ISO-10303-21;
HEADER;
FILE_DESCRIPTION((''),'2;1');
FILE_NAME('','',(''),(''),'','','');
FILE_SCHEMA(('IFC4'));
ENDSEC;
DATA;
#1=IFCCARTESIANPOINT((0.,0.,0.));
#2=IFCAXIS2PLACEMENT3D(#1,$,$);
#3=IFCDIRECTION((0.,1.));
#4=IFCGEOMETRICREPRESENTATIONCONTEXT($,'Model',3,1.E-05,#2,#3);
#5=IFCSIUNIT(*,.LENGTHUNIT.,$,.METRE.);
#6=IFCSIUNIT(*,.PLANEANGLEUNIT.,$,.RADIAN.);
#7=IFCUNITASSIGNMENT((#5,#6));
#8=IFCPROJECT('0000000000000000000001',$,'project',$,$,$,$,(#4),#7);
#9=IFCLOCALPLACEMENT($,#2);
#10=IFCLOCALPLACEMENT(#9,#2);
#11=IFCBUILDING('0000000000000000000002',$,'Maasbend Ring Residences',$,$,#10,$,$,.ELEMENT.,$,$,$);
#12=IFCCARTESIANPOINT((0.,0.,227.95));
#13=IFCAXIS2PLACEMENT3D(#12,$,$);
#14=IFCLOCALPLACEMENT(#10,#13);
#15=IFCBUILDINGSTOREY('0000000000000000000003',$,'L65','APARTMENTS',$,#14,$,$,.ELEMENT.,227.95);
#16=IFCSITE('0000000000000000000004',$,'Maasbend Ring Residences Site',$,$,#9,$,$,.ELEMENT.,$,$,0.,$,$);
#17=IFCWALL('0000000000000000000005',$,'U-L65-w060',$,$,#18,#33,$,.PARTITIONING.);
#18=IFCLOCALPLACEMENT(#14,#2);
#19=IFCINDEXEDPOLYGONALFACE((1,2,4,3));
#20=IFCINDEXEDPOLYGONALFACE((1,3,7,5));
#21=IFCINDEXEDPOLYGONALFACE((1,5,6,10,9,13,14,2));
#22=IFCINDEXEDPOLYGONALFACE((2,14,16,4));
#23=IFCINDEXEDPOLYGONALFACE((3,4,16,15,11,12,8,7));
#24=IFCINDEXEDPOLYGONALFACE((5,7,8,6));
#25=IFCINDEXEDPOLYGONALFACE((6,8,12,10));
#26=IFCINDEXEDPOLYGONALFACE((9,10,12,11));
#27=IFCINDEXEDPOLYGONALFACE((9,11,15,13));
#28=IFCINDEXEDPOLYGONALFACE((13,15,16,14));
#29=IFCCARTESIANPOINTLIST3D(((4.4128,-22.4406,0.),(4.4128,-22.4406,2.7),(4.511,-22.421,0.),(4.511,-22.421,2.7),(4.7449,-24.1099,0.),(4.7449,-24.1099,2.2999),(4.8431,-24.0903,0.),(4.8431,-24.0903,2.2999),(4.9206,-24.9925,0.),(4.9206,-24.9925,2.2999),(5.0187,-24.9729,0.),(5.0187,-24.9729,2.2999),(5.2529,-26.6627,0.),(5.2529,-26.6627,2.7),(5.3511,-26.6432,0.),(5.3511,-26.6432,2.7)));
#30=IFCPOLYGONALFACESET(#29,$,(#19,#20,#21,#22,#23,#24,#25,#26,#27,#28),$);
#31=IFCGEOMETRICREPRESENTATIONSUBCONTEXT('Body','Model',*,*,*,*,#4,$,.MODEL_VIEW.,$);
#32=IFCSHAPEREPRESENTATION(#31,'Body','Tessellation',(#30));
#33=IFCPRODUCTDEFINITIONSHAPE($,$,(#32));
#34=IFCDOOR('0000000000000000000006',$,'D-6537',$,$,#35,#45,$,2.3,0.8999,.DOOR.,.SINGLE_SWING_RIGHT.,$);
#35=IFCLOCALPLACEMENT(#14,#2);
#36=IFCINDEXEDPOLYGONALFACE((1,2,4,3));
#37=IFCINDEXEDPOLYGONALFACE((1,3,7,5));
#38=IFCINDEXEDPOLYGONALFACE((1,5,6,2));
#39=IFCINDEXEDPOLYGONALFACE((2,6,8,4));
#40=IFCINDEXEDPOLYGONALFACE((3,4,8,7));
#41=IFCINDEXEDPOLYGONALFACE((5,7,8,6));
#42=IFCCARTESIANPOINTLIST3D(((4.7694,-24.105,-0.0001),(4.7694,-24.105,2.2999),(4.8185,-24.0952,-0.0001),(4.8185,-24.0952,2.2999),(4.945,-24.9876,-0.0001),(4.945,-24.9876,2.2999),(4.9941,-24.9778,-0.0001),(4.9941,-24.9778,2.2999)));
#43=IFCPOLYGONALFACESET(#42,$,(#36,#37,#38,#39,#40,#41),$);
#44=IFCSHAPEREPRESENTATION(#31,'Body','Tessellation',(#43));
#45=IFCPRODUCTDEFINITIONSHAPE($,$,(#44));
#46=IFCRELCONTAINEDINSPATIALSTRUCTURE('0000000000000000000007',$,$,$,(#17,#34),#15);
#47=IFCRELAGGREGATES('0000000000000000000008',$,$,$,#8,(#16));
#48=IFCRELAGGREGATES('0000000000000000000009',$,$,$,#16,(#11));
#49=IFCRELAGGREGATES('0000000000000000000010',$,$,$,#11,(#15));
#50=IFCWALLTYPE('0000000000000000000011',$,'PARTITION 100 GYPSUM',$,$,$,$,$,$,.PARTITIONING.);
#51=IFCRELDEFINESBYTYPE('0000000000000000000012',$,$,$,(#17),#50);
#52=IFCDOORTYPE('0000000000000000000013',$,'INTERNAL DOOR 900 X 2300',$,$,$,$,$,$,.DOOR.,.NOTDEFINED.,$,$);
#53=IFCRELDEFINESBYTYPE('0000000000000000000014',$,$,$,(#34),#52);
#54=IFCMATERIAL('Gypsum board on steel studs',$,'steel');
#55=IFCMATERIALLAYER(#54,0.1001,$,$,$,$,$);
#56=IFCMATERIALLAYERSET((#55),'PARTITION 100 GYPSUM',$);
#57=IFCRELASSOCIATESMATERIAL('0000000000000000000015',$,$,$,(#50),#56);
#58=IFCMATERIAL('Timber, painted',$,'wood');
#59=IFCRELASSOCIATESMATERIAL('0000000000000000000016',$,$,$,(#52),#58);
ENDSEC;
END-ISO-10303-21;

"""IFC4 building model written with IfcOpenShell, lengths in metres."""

from ifc_helpers import new_model, si_unit, direction, frame, frame_2d, origin, place, context, subcontext, project, spatial, rectangle, extrude, material, layer, layer_set, type_object, element, fill, save


model = new_model("IFC4")

# Units and contexts
model_context = context("Model", 3, precision=1e-05, world=origin(), true_north=direction((0.0, 1.0)))
body_context = subcontext(model_context, "Body", "Model", "MODEL_VIEW")
ifc_project = project(units=[si_unit("LENGTHUNIT", "METRE"), si_unit("PLANEANGLEUNIT", "RADIAN")], contexts=[model_context])

# Site, building, storey
site_placement = place(None, origin())
site = spatial("IfcSite", under=ifc_project, at=site_placement, Name="Maasbend Ring Residences Site", CompositionType="ELEMENT", RefElevation=0.0)
building_placement = place(site_placement, origin())
building = spatial("IfcBuilding", under=site, at=building_placement, Name="Maasbend Ring Residences", CompositionType="ELEMENT")
storey_placement = place(building_placement, frame((0.0, 0.0, 227.95)))
storey = spatial("IfcBuildingStorey", under=building, at=storey_placement, Name="L65", Description="APARTMENTS", CompositionType="ELEMENT", Elevation=227.95)

# Shared definitions
ifc_material_1 = material(Name="Gypsum board on steel studs", Category="steel")
ifc_layer_1 = layer(ifc_material_1, 0.1001)
ifc_layer_set_1 = layer_set([ifc_layer_1], Name="PARTITION 100 GYPSUM")
wall_type_1 = type_object("IfcWallType", Name="PARTITION 100 GYPSUM", PredefinedType="PARTITIONING", material=ifc_layer_set_1)
ifc_material_2 = material(Name="Timber, painted", Category="wood")
door_type_1 = type_object("IfcDoorType", Name="INTERNAL DOOR 900 X 2300", OperationType="NOTDEFINED", PredefinedType="DOOR", material=ifc_material_2)

# Wall, opening, door
wall_1_placement = place(storey_placement, frame((4.4619, -22.4309, 0.0), z_axis=(0.0, 0.0, 1.0), x_axis=(0.195145, -0.980774, 0.0)))
wall_1 = element("IfcWall", 1, at=wall_1_placement, inside=storey, type_object=wall_type_1, Name="U-L65-w060", PredefinedType="PARTITIONING", context=body_context, shape_type="SweptSolid", body=[
    extrude(rectangle(XDim=4.3049, YDim=0.1001, at=frame_2d((2.1523, 0.0))), origin(), (0.0, 0.0, 1.0), 2.7),
])
opening_1_placement = place(wall_1_placement, frame((1.7019, 0.0, 0.0)))
opening_1 = element("IfcOpeningElement", 2, at=opening_1_placement, cuts=wall_1, PredefinedType="OPENING", context=body_context, shape_type="SweptSolid", body=[
    extrude(rectangle(XDim=0.8999, YDim=2.3, at=frame_2d((0.45, 1.1499))), frame((0.0, 0.0601, 0.0), z_axis=(0.0, -1.0, 0.0), x_axis=(1.0, 0.0, 0.0)), (0.0, 0.0, 1.0), 0.1201),
])
door_1_placement = place(opening_1_placement, origin())
door_1 = element("IfcDoor", 3, at=door_1_placement, inside=storey, type_object=door_type_1, Name="D-6537", OperationType="SINGLE_SWING_RIGHT", OverallHeight=2.3, OverallWidth=0.8999, PredefinedType="DOOR", context=body_context, shape_type="SweptSolid", body=[
    extrude(rectangle(XDim=0.8999, YDim=2.3, at=frame_2d((0.45, 1.1499))), frame((0.0, 0.0249, 0.0), z_axis=(0.0, -1.0, 0.0), x_axis=(1.0, 0.0, 0.0)), (0.0, 0.0, 1.0), 0.05),
])
fill(opening_1, door_1)

save(model, "model.ifc")
